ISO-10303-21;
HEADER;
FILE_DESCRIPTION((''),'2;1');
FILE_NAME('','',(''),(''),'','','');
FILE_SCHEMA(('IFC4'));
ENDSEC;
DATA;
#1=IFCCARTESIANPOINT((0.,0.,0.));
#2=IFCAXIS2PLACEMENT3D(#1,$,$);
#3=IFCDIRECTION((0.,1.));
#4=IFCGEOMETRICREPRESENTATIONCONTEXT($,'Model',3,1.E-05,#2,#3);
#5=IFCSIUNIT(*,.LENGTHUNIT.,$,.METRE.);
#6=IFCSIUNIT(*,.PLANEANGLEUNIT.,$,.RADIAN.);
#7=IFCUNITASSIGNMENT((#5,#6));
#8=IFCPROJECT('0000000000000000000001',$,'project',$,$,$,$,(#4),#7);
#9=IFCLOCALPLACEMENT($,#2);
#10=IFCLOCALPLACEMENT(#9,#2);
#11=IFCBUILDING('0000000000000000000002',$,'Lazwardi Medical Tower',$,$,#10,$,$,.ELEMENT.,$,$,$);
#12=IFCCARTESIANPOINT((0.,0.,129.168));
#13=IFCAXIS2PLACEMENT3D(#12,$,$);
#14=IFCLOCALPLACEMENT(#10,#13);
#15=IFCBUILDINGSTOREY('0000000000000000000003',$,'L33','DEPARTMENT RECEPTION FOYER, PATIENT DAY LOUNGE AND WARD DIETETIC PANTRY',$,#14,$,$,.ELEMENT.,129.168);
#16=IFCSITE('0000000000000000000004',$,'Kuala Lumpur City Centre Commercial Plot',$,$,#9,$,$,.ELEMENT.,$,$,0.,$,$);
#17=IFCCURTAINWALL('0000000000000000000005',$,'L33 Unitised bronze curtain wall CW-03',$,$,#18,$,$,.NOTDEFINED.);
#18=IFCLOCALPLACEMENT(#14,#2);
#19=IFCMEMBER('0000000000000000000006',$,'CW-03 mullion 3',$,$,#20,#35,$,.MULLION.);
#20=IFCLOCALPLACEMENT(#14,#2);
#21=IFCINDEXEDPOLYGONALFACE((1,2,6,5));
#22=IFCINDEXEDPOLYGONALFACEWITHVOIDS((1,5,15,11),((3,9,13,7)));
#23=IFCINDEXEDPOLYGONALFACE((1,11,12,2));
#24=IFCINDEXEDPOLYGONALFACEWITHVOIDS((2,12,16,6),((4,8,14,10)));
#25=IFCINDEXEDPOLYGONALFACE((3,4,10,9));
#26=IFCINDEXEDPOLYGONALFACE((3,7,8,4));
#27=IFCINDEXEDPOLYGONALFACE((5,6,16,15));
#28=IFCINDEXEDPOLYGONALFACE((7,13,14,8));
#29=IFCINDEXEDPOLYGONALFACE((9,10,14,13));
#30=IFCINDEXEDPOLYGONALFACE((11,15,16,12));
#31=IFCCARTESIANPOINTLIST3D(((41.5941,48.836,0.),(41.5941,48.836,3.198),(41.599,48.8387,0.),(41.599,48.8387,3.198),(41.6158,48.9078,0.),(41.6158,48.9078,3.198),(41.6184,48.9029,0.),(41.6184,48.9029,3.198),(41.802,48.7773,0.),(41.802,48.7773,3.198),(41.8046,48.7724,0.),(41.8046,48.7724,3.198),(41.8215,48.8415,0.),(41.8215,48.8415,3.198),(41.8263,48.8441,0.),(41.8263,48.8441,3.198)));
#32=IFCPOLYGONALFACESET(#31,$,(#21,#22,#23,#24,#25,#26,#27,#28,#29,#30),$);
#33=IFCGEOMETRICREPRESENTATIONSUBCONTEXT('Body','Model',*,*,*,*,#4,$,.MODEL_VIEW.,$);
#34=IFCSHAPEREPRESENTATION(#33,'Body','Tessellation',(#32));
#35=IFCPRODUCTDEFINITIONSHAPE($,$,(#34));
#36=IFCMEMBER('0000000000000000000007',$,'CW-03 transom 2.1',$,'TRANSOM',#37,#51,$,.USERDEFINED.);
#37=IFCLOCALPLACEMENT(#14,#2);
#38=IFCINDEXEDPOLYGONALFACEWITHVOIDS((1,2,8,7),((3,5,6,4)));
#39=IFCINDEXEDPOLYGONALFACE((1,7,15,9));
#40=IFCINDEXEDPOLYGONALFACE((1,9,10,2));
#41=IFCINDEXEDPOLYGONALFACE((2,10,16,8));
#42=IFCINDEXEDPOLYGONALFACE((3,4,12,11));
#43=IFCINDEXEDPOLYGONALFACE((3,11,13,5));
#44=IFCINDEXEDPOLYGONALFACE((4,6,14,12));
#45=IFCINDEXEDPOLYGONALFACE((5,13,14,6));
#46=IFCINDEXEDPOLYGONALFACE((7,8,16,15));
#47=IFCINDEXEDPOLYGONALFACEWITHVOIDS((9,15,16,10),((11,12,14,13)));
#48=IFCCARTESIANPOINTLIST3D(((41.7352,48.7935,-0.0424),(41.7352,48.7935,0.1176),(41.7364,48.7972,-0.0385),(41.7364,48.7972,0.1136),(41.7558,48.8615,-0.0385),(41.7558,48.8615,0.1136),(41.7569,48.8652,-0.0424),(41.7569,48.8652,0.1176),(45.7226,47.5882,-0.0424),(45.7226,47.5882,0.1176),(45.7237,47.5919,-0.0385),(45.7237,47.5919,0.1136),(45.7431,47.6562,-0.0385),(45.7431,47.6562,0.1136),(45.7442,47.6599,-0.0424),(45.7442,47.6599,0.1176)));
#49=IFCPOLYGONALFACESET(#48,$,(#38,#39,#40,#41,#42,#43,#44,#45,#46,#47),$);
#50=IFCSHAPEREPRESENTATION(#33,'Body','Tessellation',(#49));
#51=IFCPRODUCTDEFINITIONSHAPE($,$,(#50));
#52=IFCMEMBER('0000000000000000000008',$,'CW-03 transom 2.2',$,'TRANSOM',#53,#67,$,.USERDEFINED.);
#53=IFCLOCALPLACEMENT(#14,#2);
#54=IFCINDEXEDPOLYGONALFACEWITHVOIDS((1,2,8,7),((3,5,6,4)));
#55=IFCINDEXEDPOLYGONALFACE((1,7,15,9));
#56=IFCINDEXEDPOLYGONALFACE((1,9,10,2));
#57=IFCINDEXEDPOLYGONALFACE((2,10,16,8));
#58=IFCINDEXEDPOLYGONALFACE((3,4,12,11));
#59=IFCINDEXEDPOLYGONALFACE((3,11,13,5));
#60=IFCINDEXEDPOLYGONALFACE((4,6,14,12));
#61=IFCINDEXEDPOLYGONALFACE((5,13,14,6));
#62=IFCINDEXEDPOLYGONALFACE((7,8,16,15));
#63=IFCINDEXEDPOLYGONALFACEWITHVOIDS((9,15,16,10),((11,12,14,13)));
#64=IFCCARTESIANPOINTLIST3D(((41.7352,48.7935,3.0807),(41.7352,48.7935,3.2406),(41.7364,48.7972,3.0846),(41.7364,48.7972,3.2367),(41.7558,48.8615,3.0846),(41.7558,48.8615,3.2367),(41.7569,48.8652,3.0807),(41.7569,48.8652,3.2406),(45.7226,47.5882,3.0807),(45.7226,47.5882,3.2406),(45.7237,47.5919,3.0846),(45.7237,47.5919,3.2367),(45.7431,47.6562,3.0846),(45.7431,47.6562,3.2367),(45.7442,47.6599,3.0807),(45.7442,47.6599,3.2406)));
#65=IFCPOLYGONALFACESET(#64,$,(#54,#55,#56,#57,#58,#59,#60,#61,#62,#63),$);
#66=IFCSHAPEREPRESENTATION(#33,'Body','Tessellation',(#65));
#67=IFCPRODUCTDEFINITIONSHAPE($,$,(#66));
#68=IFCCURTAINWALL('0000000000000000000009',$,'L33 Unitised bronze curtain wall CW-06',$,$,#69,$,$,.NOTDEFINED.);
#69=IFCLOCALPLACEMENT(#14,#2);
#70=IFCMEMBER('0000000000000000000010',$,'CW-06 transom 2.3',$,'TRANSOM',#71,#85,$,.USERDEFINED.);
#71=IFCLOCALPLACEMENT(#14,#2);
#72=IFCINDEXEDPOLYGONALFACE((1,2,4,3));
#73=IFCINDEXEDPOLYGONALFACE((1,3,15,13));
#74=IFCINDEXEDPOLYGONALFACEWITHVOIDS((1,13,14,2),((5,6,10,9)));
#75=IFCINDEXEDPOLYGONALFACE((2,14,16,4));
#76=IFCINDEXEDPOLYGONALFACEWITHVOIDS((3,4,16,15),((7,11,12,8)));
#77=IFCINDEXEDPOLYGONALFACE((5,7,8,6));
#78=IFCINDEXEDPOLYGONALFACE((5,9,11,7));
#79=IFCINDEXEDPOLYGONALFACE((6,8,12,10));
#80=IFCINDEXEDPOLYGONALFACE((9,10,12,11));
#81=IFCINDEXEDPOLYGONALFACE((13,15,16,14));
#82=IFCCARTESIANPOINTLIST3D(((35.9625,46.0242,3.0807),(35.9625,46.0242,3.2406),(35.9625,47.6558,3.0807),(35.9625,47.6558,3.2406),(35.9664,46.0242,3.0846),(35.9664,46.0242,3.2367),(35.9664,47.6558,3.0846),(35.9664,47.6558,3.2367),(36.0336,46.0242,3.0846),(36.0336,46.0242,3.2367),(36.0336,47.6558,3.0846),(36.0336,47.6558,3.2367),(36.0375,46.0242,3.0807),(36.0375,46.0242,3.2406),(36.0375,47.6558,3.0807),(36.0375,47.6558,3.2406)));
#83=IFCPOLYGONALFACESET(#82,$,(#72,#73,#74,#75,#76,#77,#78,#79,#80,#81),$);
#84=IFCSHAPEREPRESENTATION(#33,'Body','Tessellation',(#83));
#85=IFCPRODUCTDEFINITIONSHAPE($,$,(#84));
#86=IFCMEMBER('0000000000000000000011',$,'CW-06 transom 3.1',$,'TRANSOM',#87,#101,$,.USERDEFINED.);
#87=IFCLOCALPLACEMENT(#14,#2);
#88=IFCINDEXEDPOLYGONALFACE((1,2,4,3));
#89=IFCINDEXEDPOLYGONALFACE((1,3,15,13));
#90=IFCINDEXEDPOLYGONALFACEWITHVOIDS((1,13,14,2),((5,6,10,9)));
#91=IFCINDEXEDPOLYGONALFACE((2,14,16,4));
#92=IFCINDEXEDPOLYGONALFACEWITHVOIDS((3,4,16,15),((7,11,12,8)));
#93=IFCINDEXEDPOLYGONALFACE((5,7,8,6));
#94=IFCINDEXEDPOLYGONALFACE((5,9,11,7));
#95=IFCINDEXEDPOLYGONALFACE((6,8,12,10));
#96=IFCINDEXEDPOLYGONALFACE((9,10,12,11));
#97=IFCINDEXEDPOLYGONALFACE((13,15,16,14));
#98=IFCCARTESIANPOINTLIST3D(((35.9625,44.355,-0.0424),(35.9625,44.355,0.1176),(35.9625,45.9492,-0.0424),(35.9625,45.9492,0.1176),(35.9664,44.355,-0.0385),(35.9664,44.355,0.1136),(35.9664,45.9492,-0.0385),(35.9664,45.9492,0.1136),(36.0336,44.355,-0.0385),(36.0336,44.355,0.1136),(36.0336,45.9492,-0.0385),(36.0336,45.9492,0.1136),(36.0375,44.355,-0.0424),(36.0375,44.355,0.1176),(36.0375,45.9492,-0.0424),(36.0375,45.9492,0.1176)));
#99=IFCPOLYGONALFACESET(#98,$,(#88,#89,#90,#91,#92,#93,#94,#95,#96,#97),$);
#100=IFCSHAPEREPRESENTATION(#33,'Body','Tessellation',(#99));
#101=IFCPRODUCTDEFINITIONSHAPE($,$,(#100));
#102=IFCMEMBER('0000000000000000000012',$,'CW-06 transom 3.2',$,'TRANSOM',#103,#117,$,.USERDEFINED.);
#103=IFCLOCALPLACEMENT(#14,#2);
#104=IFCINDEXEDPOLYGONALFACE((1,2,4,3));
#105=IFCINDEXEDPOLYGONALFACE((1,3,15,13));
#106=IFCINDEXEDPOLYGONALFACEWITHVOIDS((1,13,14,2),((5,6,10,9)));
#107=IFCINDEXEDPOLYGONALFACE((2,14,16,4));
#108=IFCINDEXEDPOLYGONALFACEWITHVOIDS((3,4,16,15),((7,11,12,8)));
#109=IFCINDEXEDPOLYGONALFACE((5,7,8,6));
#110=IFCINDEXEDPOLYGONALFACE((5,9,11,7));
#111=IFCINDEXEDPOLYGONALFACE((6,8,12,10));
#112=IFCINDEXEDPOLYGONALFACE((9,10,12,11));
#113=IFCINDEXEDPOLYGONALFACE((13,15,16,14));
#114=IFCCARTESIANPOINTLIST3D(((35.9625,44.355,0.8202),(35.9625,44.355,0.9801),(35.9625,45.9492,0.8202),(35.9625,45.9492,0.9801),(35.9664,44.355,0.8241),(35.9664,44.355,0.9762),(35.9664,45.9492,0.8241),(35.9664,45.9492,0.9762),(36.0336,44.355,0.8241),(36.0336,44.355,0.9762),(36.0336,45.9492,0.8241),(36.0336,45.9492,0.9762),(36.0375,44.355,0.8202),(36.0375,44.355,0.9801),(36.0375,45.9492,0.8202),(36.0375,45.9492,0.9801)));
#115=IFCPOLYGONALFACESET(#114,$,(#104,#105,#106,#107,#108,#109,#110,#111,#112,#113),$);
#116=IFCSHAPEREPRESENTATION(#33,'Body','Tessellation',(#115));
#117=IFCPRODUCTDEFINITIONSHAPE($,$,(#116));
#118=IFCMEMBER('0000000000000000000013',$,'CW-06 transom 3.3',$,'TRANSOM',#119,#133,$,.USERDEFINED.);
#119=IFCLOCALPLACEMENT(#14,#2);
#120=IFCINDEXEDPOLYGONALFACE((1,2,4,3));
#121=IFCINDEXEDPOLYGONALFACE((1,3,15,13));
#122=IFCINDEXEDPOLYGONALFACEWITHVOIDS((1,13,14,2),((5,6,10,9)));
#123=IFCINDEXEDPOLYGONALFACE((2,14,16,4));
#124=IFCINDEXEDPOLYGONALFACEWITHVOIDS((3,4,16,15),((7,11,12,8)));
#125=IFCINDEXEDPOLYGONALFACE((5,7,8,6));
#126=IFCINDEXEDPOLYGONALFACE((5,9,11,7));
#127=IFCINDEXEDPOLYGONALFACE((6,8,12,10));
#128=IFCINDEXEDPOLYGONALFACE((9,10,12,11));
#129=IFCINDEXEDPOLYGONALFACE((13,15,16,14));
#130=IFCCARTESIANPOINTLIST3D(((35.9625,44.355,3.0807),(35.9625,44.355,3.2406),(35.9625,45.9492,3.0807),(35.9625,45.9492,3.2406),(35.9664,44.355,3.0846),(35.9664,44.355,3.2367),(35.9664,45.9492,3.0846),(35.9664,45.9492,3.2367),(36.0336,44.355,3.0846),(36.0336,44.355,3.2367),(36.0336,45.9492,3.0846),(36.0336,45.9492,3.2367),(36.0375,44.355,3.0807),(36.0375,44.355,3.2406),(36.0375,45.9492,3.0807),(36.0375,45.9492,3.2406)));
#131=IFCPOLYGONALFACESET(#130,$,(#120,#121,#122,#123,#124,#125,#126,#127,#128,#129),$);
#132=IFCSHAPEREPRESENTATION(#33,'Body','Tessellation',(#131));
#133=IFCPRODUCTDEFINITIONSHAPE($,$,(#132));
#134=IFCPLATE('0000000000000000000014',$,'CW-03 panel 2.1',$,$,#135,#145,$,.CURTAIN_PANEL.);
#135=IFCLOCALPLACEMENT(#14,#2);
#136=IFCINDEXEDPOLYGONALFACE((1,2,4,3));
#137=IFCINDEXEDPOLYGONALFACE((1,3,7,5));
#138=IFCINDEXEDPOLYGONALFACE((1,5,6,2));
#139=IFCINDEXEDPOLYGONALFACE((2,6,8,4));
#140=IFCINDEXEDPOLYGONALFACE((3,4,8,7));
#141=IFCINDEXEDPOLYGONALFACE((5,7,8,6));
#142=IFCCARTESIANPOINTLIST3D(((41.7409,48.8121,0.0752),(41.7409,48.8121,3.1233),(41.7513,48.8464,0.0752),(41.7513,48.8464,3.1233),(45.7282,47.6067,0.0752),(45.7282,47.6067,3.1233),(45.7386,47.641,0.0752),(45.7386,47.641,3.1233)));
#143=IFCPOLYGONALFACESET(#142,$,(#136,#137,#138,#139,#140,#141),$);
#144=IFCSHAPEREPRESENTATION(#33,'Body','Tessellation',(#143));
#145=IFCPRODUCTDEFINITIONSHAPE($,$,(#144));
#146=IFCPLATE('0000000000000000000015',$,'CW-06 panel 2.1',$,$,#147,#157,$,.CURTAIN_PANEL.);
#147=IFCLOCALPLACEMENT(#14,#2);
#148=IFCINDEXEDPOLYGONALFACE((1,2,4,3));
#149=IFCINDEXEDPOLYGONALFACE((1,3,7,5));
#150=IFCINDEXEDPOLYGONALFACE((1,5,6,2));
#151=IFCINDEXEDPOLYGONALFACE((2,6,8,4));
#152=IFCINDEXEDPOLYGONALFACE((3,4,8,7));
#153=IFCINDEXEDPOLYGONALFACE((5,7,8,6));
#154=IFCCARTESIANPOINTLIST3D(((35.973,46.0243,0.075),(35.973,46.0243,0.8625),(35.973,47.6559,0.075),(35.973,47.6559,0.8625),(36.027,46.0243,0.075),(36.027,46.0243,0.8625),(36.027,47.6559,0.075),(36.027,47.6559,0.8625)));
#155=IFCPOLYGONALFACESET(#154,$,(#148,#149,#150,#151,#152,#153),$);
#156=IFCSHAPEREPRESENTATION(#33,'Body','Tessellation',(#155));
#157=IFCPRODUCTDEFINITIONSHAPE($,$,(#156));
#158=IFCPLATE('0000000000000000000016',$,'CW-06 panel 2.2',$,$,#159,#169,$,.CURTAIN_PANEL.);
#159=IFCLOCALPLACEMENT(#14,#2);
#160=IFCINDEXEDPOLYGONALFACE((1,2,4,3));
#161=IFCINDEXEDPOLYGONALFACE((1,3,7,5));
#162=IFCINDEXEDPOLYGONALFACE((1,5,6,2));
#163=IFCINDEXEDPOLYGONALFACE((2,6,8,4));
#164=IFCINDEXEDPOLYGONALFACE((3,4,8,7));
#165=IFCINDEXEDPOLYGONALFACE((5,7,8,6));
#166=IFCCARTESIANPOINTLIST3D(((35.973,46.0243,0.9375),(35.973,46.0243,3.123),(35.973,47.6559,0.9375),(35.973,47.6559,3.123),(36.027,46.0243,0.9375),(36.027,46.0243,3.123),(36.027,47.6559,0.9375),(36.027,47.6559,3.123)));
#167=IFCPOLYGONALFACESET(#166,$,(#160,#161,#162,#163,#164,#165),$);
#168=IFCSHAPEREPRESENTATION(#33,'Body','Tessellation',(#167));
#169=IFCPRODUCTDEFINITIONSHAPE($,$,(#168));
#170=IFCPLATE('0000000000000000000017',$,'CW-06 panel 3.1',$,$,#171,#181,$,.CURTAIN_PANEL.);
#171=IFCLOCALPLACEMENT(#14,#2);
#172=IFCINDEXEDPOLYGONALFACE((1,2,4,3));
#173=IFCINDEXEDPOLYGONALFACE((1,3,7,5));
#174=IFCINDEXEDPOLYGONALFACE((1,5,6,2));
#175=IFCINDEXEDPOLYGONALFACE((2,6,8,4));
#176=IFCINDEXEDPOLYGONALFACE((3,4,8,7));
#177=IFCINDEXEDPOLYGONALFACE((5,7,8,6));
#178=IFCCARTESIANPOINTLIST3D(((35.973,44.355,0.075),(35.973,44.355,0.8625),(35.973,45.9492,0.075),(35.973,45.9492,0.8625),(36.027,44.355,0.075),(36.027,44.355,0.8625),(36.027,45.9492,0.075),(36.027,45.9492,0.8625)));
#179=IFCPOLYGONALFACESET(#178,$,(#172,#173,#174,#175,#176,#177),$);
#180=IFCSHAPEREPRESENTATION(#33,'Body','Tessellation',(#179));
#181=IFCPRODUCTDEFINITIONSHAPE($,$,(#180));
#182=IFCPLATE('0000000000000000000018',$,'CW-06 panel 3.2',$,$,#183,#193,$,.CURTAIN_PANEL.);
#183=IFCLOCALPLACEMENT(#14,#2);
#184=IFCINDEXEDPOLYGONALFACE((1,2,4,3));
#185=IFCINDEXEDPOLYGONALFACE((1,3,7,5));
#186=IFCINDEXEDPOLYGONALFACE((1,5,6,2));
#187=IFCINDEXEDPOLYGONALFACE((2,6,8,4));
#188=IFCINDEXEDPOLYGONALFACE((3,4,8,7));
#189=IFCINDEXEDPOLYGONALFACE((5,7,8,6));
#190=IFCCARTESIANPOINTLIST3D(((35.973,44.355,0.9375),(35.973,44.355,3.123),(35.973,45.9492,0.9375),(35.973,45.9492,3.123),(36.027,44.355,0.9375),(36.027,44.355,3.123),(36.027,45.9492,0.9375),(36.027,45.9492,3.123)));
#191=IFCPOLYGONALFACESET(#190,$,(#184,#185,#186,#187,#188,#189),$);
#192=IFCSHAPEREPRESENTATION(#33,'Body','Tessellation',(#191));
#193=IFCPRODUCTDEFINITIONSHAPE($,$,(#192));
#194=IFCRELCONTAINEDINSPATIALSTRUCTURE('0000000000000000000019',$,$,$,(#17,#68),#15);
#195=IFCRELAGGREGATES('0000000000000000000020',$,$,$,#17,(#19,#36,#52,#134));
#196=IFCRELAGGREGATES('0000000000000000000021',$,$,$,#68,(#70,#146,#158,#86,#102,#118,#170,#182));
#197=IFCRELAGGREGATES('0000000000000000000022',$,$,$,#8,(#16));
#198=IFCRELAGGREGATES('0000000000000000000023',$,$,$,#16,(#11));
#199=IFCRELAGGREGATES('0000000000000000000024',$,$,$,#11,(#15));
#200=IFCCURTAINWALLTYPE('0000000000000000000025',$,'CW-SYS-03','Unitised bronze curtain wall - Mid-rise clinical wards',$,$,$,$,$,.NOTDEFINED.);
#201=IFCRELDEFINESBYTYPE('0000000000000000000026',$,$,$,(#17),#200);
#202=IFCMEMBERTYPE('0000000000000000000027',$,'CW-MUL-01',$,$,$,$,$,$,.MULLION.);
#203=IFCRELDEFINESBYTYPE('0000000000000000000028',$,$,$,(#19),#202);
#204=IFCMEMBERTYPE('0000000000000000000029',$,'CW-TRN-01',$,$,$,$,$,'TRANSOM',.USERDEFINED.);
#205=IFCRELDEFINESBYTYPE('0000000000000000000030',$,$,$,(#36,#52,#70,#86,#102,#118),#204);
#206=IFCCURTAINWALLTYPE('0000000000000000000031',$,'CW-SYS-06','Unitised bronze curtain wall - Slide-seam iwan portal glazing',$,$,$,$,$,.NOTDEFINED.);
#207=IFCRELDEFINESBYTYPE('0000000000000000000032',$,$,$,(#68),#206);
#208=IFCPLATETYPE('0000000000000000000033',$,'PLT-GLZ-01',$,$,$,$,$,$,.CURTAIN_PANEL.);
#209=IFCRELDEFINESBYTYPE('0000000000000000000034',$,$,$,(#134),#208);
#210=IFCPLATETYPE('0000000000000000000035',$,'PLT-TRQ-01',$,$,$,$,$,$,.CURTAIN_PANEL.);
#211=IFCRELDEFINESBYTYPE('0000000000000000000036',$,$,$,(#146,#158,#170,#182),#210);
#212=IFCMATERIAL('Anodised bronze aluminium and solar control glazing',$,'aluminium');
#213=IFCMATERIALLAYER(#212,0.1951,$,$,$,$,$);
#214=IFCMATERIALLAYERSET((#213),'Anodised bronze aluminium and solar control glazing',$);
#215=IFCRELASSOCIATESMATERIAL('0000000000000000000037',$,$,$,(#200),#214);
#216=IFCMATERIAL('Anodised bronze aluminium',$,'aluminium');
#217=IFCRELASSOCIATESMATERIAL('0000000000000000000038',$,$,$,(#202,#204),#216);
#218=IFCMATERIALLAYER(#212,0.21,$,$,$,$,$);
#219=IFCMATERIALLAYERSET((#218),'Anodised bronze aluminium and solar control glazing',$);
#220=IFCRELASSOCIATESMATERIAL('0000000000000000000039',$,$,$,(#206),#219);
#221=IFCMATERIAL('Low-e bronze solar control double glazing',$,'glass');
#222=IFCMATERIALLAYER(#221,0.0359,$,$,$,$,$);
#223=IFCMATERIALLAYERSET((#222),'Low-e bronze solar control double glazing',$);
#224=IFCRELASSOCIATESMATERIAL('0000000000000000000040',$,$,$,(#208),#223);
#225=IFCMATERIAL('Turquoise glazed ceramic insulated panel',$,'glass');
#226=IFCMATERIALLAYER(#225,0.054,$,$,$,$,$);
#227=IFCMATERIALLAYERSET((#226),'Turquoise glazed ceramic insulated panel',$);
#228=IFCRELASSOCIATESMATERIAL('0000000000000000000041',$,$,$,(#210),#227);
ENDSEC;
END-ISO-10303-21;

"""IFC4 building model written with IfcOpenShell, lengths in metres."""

from ifc_helpers import new_model, si_unit, direction, frame, origin, origin_2d, place, context, subcontext, project, spatial, rectangle, hollow_rectangle, extrude, material, layer, layer_set, material_profile, profile_set, type_object, element, aggregate, save


model = new_model("IFC4")

# Units and contexts
model_context = context("Model", 3, precision=1e-05, world=origin(), true_north=direction((0.0, 1.0)))
body_context = subcontext(model_context, "Body", "Model", "MODEL_VIEW")
ifc_project = project(units=[si_unit("LENGTHUNIT", "METRE"), si_unit("PLANEANGLEUNIT", "RADIAN")], contexts=[model_context])

# Site, building, storey
site_placement = place(None, origin())
site = spatial("IfcSite", under=ifc_project, at=site_placement, Name="Kuala Lumpur City Centre Commercial Plot", CompositionType="ELEMENT", RefElevation=0.0)
building_placement = place(site_placement, origin())
building = spatial("IfcBuilding", under=site, at=building_placement, Name="Lazwardi Medical Tower", CompositionType="ELEMENT")
storey_placement = place(building_placement, frame((0.0, 0.0, 129.168)))
storey = spatial("IfcBuildingStorey", under=building, at=storey_placement, Name="L33", Description="DEPARTMENT RECEPTION FOYER, PATIENT DAY LOUNGE AND WARD DIETETIC PANTRY", CompositionType="ELEMENT", Elevation=129.168)

# Curtain walls, members
ifc_material_1 = material(Name="Anodised bronze aluminium and solar control glazing", Category="aluminium")
ifc_layer_1 = layer(ifc_material_1, 0.1951)
ifc_layer_set_1 = layer_set([ifc_layer_1], Name="Anodised bronze aluminium and solar control glazing")
curtain_wall_type_1 = type_object("IfcCurtainWallType", Name="CW-SYS-03", Description="Unitised bronze curtain wall - Mid-rise clinical wards", PredefinedType="NOTDEFINED", material=ifc_layer_set_1)
curtain_wall_1_placement = place(storey_placement, origin())
curtain_wall_1 = element("IfcCurtainWall", 1, at=curtain_wall_1_placement, inside=storey, type_object=curtain_wall_type_1, Name="L33 Unitised bronze curtain wall CW-03", PredefinedType="NOTDEFINED")
ifc_material_2 = material(Name="Anodised bronze aluminium", Category="aluminium")
ifc_material_profile_1 = material_profile(ifc_material_2, hollow_rectangle(XDim=0.075, YDim=0.22, WallThickness=0.0039, at=origin_2d()), Name="ALU-MULLION 220x75x4")
ifc_profile_set_1 = profile_set([ifc_material_profile_1], Name="Anodised bronze aluminium")
member_type_1 = type_object("IfcMemberType", Name="CW-MUL-01", PredefinedType="MULLION", material=ifc_profile_set_1)
member_1_placement = place(storey_placement, frame((41.7102, 48.8401, 0.0), z_axis=(0.0, 0.0, 1.0), x_axis=(-0.289374, -0.957216, 0.0)))
member_1 = element("IfcMember", 2, at=member_1_placement, type_object=member_type_1, Name="CW-03 mullion 3", PredefinedType="MULLION", context=body_context, shape_type="SweptSolid", body=[
    extrude(hollow_rectangle(XDim=0.075, YDim=0.22, WallThickness=0.0039, at=origin_2d()), origin(), (0.0, 0.0, 1.0), 3.198),
])
ifc_material_profile_2 = material_profile(ifc_material_2, hollow_rectangle(XDim=0.075, YDim=0.1599, WallThickness=0.0039, at=origin_2d()), Name="ALU-TRANSOM 160x75x4")
ifc_profile_set_2 = profile_set([ifc_material_profile_2], Name="Anodised bronze aluminium")
member_type_2 = type_object("IfcMemberType", Name="CW-TRN-01", ElementType="TRANSOM", PredefinedType="USERDEFINED", material=ifc_profile_set_2)
member_2_placement = place(storey_placement, frame((45.7334, 47.624, 0.0376), z_axis=(-0.957221, 0.289358, 0.0), x_axis=(-0.289358, -0.957221, 0.0)))
member_2 = element("IfcMember", 3, at=member_2_placement, type_object=member_type_2, Name="CW-03 transom 2.1", ObjectType="TRANSOM", PredefinedType="USERDEFINED", context=body_context, shape_type="SweptSolid", body=[
    extrude(hollow_rectangle(XDim=0.075, YDim=0.1599, WallThickness=0.0039, at=origin_2d()), origin(), (0.0, 0.0, 1.0), 4.1655),
])
member_3_placement = place(storey_placement, frame((45.7334, 47.624, 3.1606), z_axis=(-0.957221, 0.289358, 0.0), x_axis=(-0.289358, -0.957221, 0.0)))
member_3 = element("IfcMember", 4, at=member_3_placement, type_object=member_type_2, Name="CW-03 transom 2.2", ObjectType="TRANSOM", PredefinedType="USERDEFINED", context=body_context, shape_type="SweptSolid", body=[
    extrude(hollow_rectangle(XDim=0.075, YDim=0.1599, WallThickness=0.0039, at=origin_2d()), origin(), (0.0, 0.0, 1.0), 4.1655),
])
ifc_layer_2 = layer(ifc_material_1, 0.21)
ifc_layer_set_2 = layer_set([ifc_layer_2], Name="Anodised bronze aluminium and solar control glazing")
curtain_wall_type_2 = type_object("IfcCurtainWallType", Name="CW-SYS-06", Description="Unitised bronze curtain wall - Slide-seam iwan portal glazing", PredefinedType="NOTDEFINED", material=ifc_layer_set_2)
curtain_wall_2_placement = place(storey_placement, origin())
curtain_wall_2 = element("IfcCurtainWall", 5, at=curtain_wall_2_placement, inside=storey, type_object=curtain_wall_type_2, Name="L33 Unitised bronze curtain wall CW-06", PredefinedType="NOTDEFINED")
member_4_placement = place(storey_placement, frame((36.0, 47.6558, 3.1606), z_axis=(0.0, -1.0, 0.0), x_axis=(1.0, 0.0, 0.0)))
member_4 = element("IfcMember", 6, at=member_4_placement, type_object=member_type_2, Name="CW-06 transom 2.3", ObjectType="TRANSOM", PredefinedType="USERDEFINED", context=body_context, shape_type="SweptSolid", body=[
    extrude(hollow_rectangle(XDim=0.075, YDim=0.1599, WallThickness=0.0039, at=origin_2d()), origin(), (0.0, 0.0, 1.0), 1.6316),
])
member_5_placement = place(storey_placement, frame((36.0, 45.9492, 0.0376), z_axis=(0.0, -1.0, 0.0), x_axis=(1.0, 0.0, 0.0)))
member_5 = element("IfcMember", 7, at=member_5_placement, type_object=member_type_2, Name="CW-06 transom 3.1", ObjectType="TRANSOM", PredefinedType="USERDEFINED", context=body_context, shape_type="SweptSolid", body=[
    extrude(hollow_rectangle(XDim=0.075, YDim=0.1599, WallThickness=0.0039, at=origin_2d()), origin(), (0.0, 0.0, 1.0), 1.5942),
])
member_6_placement = place(storey_placement, frame((36.0, 45.9492, 0.9001), z_axis=(0.0, -1.0, 0.0), x_axis=(1.0, 0.0, 0.0)))
member_6 = element("IfcMember", 8, at=member_6_placement, type_object=member_type_2, Name="CW-06 transom 3.2", ObjectType="TRANSOM", PredefinedType="USERDEFINED", context=body_context, shape_type="SweptSolid", body=[
    extrude(hollow_rectangle(XDim=0.075, YDim=0.1599, WallThickness=0.0039, at=origin_2d()), origin(), (0.0, 0.0, 1.0), 1.5942),
])
member_7_placement = place(storey_placement, frame((36.0, 45.9492, 3.1606), z_axis=(0.0, -1.0, 0.0), x_axis=(1.0, 0.0, 0.0)))
member_7 = element("IfcMember", 9, at=member_7_placement, type_object=member_type_2, Name="CW-06 transom 3.3", ObjectType="TRANSOM", PredefinedType="USERDEFINED", context=body_context, shape_type="SweptSolid", body=[
    extrude(hollow_rectangle(XDim=0.075, YDim=0.1599, WallThickness=0.0039, at=origin_2d()), origin(), (0.0, 0.0, 1.0), 1.5942),
])

# Plates
ifc_material_3 = material(Name="Low-e bronze solar control double glazing", Category="glass")
ifc_layer_3 = layer(ifc_material_3, 0.0359)
ifc_layer_set_3 = layer_set([ifc_layer_3], Name="Low-e bronze solar control double glazing")
plate_type_1 = type_object("IfcPlateType", Name="PLT-GLZ-01", PredefinedType="CURTAIN_PANEL", material=ifc_layer_set_3)
plate_1_placement = place(storey_placement, frame((43.7397, 48.2266, 0.0752), z_axis=(0.0, 0.0, 1.0), x_axis=(-0.957216, 0.289374, 0.0)))
plate_1 = element("IfcPlate", 10, at=plate_1_placement, type_object=plate_type_1, Name="CW-03 panel 2.1", PredefinedType="CURTAIN_PANEL", context=body_context, shape_type="SweptSolid", body=[
    extrude(rectangle(XDim=4.1655, YDim=0.0359, at=origin_2d()), origin(), (0.0, 0.0, 1.0), 3.0481),
])
aggregate(curtain_wall_1, [member_1, member_2, member_3, plate_1])
ifc_material_4 = material(Name="Turquoise glazed ceramic insulated panel", Category="glass")
ifc_layer_4 = layer(ifc_material_4, 0.054)
ifc_layer_set_4 = layer_set([ifc_layer_4], Name="Turquoise glazed ceramic insulated panel")
plate_type_2 = type_object("IfcPlateType", Name="PLT-TRQ-01", PredefinedType="CURTAIN_PANEL", material=ifc_layer_set_4)
plate_2_placement = place(storey_placement, frame((36.0, 46.8401, 0.075), z_axis=(0.0, 0.0, 1.0), x_axis=(0.0, -1.0, 0.0)))
plate_2 = element("IfcPlate", 11, at=plate_2_placement, type_object=plate_type_2, Name="CW-06 panel 2.1", PredefinedType="CURTAIN_PANEL", context=body_context, shape_type="SweptSolid", body=[
    extrude(rectangle(XDim=1.6316, YDim=0.054, at=origin_2d()), origin(), (0.0, 0.0, 1.0), 0.7876),
])
plate_3_placement = place(storey_placement, frame((36.0, 46.8401, 0.9375), z_axis=(0.0, 0.0, 1.0), x_axis=(0.0, -1.0, 0.0)))
plate_3 = element("IfcPlate", 12, at=plate_3_placement, type_object=plate_type_2, Name="CW-06 panel 2.2", PredefinedType="CURTAIN_PANEL", context=body_context, shape_type="SweptSolid", body=[
    extrude(rectangle(XDim=1.6316, YDim=0.054, at=origin_2d()), origin(), (0.0, 0.0, 1.0), 2.1855),
])
plate_4_placement = place(storey_placement, frame((36.0, 45.1521, 0.075), z_axis=(0.0, 0.0, 1.0), x_axis=(0.0, -1.0, 0.0)))
plate_4 = element("IfcPlate", 13, at=plate_4_placement, type_object=plate_type_2, Name="CW-06 panel 3.1", PredefinedType="CURTAIN_PANEL", context=body_context, shape_type="SweptSolid", body=[
    extrude(rectangle(XDim=1.5942, YDim=0.054, at=origin_2d()), origin(), (0.0, 0.0, 1.0), 0.7876),
])
plate_5_placement = place(storey_placement, frame((36.0, 45.1521, 0.9375), z_axis=(0.0, 0.0, 1.0), x_axis=(0.0, -1.0, 0.0)))
plate_5 = element("IfcPlate", 14, at=plate_5_placement, type_object=plate_type_2, Name="CW-06 panel 3.2", PredefinedType="CURTAIN_PANEL", context=body_context, shape_type="SweptSolid", body=[
    extrude(rectangle(XDim=1.5942, YDim=0.054, at=origin_2d()), origin(), (0.0, 0.0, 1.0), 2.1855),
])
aggregate(curtain_wall_2, [member_4, plate_2, plate_3, member_5, member_6, member_7, plate_4, plate_5])

save(model, "model.ifc")
